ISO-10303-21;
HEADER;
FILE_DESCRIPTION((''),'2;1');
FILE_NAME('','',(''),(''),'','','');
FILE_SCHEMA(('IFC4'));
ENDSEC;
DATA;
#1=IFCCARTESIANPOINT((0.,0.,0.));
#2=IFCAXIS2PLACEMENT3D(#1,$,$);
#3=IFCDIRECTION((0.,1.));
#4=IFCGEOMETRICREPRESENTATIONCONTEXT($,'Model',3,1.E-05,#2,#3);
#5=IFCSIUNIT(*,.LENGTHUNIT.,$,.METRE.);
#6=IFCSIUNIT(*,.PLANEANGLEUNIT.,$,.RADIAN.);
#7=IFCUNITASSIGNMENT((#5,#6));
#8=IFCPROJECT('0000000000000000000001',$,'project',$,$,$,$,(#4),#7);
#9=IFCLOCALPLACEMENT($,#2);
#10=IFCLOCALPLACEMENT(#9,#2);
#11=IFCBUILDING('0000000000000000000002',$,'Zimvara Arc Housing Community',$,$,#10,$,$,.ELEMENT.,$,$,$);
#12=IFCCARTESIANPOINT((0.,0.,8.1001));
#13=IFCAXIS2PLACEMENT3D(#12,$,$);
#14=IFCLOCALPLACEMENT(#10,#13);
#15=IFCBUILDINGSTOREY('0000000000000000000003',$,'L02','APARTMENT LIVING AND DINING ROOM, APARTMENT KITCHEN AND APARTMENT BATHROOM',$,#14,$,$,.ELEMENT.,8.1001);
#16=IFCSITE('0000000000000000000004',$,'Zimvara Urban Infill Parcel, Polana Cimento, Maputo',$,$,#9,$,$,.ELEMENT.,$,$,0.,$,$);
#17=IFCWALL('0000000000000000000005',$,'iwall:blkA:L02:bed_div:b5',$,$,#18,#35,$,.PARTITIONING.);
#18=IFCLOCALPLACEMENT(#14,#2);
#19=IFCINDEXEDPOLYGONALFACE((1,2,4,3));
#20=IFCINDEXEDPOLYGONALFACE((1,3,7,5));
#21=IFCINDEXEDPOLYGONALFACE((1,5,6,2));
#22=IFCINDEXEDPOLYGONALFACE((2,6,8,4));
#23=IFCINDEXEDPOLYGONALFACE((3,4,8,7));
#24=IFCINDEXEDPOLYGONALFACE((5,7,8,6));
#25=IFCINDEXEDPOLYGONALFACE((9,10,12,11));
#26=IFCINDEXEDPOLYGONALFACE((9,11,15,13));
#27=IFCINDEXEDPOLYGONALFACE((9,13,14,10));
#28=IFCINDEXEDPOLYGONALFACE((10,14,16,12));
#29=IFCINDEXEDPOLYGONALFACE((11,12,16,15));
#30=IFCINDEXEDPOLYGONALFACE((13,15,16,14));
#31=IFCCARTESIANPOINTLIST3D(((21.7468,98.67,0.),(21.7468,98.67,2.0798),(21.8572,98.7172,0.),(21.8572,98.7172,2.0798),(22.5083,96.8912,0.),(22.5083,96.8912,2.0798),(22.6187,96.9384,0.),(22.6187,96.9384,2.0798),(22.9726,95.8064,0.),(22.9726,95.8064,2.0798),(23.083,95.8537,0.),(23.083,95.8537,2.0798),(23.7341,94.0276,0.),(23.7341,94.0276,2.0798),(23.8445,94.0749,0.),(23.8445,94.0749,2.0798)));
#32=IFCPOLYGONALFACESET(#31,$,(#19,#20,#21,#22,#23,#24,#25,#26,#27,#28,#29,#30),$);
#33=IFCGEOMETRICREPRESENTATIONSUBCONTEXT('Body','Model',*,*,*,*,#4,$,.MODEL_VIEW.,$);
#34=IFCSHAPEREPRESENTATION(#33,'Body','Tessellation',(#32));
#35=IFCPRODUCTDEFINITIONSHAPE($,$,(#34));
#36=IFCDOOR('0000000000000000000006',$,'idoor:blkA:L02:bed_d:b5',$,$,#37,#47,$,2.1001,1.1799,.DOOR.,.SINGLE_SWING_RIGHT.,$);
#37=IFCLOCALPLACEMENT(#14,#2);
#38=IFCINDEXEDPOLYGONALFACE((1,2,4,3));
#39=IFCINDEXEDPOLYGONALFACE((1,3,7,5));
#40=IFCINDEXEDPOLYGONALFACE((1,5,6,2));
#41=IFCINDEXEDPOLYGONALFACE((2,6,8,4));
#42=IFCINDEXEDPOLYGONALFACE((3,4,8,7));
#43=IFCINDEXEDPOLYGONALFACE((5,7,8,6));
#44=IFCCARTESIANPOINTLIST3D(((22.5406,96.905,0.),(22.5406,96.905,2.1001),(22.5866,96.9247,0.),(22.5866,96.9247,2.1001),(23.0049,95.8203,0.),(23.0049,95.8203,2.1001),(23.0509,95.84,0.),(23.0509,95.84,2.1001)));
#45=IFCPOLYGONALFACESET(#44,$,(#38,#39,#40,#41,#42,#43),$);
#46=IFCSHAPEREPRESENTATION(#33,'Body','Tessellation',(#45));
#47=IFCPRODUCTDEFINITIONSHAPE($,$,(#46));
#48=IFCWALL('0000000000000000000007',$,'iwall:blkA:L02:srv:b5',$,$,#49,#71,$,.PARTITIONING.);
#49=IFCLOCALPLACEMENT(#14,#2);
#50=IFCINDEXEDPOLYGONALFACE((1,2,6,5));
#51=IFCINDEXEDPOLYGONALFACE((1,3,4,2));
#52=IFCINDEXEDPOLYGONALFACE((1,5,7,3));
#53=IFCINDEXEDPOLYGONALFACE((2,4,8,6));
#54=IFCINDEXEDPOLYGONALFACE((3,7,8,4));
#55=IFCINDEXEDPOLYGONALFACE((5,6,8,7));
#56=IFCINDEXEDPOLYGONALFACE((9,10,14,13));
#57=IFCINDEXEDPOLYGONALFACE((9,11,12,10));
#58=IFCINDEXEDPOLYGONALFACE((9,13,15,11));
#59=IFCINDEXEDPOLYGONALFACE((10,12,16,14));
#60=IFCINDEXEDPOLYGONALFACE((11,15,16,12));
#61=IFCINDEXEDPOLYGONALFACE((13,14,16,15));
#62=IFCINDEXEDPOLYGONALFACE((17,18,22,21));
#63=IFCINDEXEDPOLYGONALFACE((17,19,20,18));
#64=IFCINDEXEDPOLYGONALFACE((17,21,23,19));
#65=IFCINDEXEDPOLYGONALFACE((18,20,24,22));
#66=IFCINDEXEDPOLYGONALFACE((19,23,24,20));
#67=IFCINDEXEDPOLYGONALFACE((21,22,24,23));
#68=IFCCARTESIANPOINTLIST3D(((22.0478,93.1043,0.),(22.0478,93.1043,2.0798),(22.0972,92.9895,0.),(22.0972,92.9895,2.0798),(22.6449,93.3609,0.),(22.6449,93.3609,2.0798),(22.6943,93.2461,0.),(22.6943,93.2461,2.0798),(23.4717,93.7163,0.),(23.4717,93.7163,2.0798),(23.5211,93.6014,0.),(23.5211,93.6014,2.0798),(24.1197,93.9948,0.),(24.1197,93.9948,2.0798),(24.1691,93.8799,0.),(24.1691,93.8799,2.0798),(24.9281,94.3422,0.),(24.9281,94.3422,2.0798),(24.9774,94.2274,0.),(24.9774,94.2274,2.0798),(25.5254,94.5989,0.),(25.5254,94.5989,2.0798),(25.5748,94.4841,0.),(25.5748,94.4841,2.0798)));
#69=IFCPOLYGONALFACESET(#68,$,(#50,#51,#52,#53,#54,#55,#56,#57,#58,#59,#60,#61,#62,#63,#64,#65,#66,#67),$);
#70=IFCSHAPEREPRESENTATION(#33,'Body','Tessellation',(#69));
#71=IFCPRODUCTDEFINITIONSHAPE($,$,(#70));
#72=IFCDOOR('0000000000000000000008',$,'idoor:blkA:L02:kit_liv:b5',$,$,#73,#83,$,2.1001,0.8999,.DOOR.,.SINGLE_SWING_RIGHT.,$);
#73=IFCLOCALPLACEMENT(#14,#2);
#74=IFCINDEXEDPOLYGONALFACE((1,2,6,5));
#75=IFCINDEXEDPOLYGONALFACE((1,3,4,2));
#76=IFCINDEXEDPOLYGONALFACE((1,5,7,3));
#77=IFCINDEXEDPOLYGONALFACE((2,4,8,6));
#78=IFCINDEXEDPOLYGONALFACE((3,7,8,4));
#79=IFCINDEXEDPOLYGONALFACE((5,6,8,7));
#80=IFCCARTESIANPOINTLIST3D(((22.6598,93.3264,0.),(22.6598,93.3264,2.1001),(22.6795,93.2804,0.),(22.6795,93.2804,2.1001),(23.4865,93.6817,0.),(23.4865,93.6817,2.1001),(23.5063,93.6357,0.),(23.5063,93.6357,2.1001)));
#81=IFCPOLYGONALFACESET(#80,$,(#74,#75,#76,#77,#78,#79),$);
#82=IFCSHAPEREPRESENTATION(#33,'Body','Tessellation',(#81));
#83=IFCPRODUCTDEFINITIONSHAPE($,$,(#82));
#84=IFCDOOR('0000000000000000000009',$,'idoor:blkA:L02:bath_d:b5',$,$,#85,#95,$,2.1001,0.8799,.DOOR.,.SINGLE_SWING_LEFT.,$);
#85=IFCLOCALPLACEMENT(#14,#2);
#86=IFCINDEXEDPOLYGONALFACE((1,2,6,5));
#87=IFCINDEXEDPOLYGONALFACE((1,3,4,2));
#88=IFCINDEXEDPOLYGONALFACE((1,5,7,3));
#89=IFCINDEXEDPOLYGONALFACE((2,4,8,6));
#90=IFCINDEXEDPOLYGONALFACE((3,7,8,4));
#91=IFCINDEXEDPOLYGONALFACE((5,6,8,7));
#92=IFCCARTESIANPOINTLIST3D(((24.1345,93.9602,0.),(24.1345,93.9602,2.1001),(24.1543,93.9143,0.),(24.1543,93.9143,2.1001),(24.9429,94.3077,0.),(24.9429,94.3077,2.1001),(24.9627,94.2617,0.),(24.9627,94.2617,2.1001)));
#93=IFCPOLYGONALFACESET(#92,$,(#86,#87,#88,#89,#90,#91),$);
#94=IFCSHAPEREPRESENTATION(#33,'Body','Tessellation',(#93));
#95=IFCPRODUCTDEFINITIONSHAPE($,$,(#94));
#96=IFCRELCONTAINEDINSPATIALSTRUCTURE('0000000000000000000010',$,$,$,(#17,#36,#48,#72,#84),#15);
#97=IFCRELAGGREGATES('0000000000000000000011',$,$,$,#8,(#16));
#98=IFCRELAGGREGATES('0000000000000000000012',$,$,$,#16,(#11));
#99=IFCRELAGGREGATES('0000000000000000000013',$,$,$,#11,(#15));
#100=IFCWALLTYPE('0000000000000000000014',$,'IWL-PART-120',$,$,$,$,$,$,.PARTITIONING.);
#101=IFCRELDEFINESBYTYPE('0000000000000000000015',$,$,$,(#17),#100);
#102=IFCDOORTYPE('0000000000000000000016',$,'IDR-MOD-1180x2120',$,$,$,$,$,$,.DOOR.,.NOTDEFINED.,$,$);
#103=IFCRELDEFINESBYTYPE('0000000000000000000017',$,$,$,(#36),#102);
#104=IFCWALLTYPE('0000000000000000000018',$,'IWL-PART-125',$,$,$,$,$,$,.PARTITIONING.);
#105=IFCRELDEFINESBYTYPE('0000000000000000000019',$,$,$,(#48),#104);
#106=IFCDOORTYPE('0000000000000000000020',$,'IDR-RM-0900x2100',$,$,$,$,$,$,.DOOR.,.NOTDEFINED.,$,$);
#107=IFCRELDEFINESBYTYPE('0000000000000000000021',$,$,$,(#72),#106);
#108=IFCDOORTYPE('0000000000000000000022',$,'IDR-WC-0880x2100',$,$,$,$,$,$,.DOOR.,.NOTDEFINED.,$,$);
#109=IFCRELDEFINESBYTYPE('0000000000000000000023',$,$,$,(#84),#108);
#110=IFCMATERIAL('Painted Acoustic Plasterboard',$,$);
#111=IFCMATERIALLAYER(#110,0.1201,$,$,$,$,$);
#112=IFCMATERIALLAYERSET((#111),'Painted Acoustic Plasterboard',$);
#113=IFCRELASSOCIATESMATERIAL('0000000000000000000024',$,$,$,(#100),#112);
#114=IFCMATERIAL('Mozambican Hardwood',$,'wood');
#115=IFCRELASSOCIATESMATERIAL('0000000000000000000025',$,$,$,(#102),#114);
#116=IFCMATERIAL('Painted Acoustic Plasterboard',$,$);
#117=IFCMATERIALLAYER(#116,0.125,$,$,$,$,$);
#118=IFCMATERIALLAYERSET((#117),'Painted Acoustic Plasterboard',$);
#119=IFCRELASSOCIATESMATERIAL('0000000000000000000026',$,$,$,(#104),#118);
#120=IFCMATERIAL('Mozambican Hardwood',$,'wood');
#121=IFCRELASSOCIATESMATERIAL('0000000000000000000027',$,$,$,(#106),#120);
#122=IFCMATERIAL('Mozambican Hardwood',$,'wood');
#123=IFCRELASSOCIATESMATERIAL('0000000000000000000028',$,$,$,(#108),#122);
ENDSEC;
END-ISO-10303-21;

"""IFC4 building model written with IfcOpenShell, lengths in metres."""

from ifc_helpers import new_model, si_unit, direction, frame, frame_2d, origin, place, context, subcontext, project, spatial, rectangle, extrude, material, layer, layer_set, type_object, element, fill, save


model = new_model("IFC4")

# Units and contexts
model_context = context("Model", 3, precision=1e-05, world=origin(), true_north=direction((0.0, 1.0)))
body_context = subcontext(model_context, "Body", "Model", "MODEL_VIEW")
ifc_project = project(units=[si_unit("LENGTHUNIT", "METRE"), si_unit("PLANEANGLEUNIT", "RADIAN")], contexts=[model_context])

# Site, building, storey
site_placement = place(None, origin())
site = spatial("IfcSite", under=ifc_project, at=site_placement, Name="Zimvara Urban Infill Parcel, Polana Cimento, Maputo", CompositionType="ELEMENT", RefElevation=0.0)
building_placement = place(site_placement, origin())
building = spatial("IfcBuilding", under=site, at=building_placement, Name="Zimvara Arc Housing Community", CompositionType="ELEMENT")
storey_placement = place(building_placement, frame((0.0, 0.0, 8.1001)))
storey = spatial("IfcBuildingStorey", under=building, at=storey_placement, Name="L02", Description="APARTMENT LIVING AND DINING ROOM, APARTMENT KITCHEN AND APARTMENT BATHROOM", CompositionType="ELEMENT", Elevation=8.1001)

# Wall, opening, door
ifc_material_1 = material(Name="Painted Acoustic Plasterboard")
ifc_layer_1 = layer(ifc_material_1, 0.1201)
ifc_layer_set_1 = layer_set([ifc_layer_1], Name="Painted Acoustic Plasterboard")
wall_type_1 = type_object("IfcWallType", Name="IWL-PART-120", PredefinedType="PARTITIONING", material=ifc_layer_set_1)
wall_1_placement = place(storey_placement, frame((23.7893, 94.0513, 0.0), z_axis=(0.0, 0.0, 1.0), x_axis=(-0.39354, 0.919307, 0.0)))
wall_1 = element("IfcWall", 1, at=wall_1_placement, inside=storey, type_object=wall_type_1, Name="iwall:blkA:L02:bed_div:b5", PredefinedType="PARTITIONING", context=body_context, shape_type="SweptSolid", body=[
    extrude(rectangle(XDim=5.0498, YDim=0.1201, at=frame_2d((2.5249, 0.0))), origin(), (0.0, 0.0, 1.0), 2.0798),
])
opening_1_placement = place(wall_1_placement, frame((1.9351, 0.0, 0.0)))
opening_1 = element("IfcOpeningElement", 2, at=opening_1_placement, cuts=wall_1, PredefinedType="OPENING", context=body_context, shape_type="SweptSolid", body=[
    extrude(rectangle(XDim=1.1799, YDim=2.1001, at=frame_2d((0.5898, 1.05))), frame((0.0, 0.0701, 0.0), z_axis=(0.0, -1.0, 0.0), x_axis=(1.0, 0.0, 0.0)), (0.0, 0.0, 1.0), 0.1401),
])
ifc_material_2 = material(Name="Mozambican Hardwood", Category="wood")
door_type_1 = type_object("IfcDoorType", Name="IDR-MOD-1180x2120", OperationType="NOTDEFINED", PredefinedType="DOOR", material=ifc_material_2)
door_1_placement = place(opening_1_placement, origin())
door_1 = element("IfcDoor", 3, at=door_1_placement, inside=storey, type_object=door_type_1, Name="idoor:blkA:L02:bed_d:b5", OperationType="SINGLE_SWING_RIGHT", OverallHeight=2.1001, OverallWidth=1.1799, PredefinedType="DOOR", context=body_context, shape_type="SweptSolid", body=[
    extrude(rectangle(XDim=1.1799, YDim=2.1001, at=frame_2d((0.5898, 1.05))), frame((0.0, 0.0249, 0.0), z_axis=(0.0, -1.0, 0.0), x_axis=(1.0, 0.0, 0.0)), (0.0, 0.0, 1.0), 0.05),
])
fill(opening_1, door_1)

# Wall, openings, doors
ifc_material_3 = material(Name="Painted Acoustic Plasterboard")
ifc_layer_2 = layer(ifc_material_3, 0.125)
ifc_layer_set_2 = layer_set([ifc_layer_2], Name="Painted Acoustic Plasterboard")
wall_type_2 = type_object("IfcWallType", Name="IWL-PART-125", PredefinedType="PARTITIONING", material=ifc_layer_set_2)
wall_2_placement = place(storey_placement, frame((22.0725, 93.0469, 0.0), z_axis=(0.0, 0.0, 1.0), x_axis=(0.918738, 0.394869, 0.0)))
wall_2 = element("IfcWall", 4, at=wall_2_placement, inside=storey, type_object=wall_type_2, Name="iwall:blkA:L02:srv:b5", PredefinedType="PARTITIONING", context=body_context, shape_type="SweptSolid", body=[
    extrude(rectangle(XDim=3.7852, YDim=0.125, at=frame_2d((1.8926, 0.0))), origin(), (0.0, 0.0, 1.0), 2.0798),
])
opening_2_placement = place(wall_2_placement, frame((0.6499, 0.0, 0.0)))
opening_2 = element("IfcOpeningElement", 5, at=opening_2_placement, cuts=wall_2, PredefinedType="OPENING", context=body_context, shape_type="SweptSolid", body=[
    extrude(rectangle(XDim=0.8999, YDim=2.1001, at=frame_2d((0.45, 1.05))), frame((0.0, 0.0725, 0.0), z_axis=(0.0, -1.0, 0.0), x_axis=(1.0, 0.0, 0.0)), (0.0, 0.0, 1.0), 0.145),
])
opening_3_placement = place(wall_2_placement, frame((2.2551, 0.0, 0.0)))
opening_3 = element("IfcOpeningElement", 6, at=opening_3_placement, cuts=wall_2, PredefinedType="OPENING", context=body_context, shape_type="SweptSolid", body=[
    extrude(rectangle(XDim=0.8799, YDim=2.1001, at=frame_2d((0.4399, 1.05))), frame((0.0, 0.0725, 0.0), z_axis=(0.0, -1.0, 0.0), x_axis=(1.0, 0.0, 0.0)), (0.0, 0.0, 1.0), 0.145),
])
ifc_material_4 = material(Name="Mozambican Hardwood", Category="wood")
door_type_2 = type_object("IfcDoorType", Name="IDR-RM-0900x2100", OperationType="NOTDEFINED", PredefinedType="DOOR", material=ifc_material_4)
door_2_placement = place(opening_2_placement, origin())
door_2 = element("IfcDoor", 7, at=door_2_placement, inside=storey, type_object=door_type_2, Name="idoor:blkA:L02:kit_liv:b5", OperationType="SINGLE_SWING_RIGHT", OverallHeight=2.1001, OverallWidth=0.8999, PredefinedType="DOOR", context=body_context, shape_type="SweptSolid", body=[
    extrude(rectangle(XDim=0.8999, YDim=2.1001, at=frame_2d((0.45, 1.05))), frame((0.0, 0.0249, 0.0), z_axis=(0.0, -1.0, 0.0), x_axis=(1.0, 0.0, 0.0)), (0.0, 0.0, 1.0), 0.05),
])
fill(opening_2, door_2)
ifc_material_5 = material(Name="Mozambican Hardwood", Category="wood")
door_type_3 = type_object("IfcDoorType", Name="IDR-WC-0880x2100", OperationType="NOTDEFINED", PredefinedType="DOOR", material=ifc_material_5)
door_3_placement = place(opening_3_placement, origin())
door_3 = element("IfcDoor", 8, at=door_3_placement, inside=storey, type_object=door_type_3, Name="idoor:blkA:L02:bath_d:b5", OperationType="SINGLE_SWING_LEFT", OverallHeight=2.1001, OverallWidth=0.8799, PredefinedType="DOOR", context=body_context, shape_type="SweptSolid", body=[
    extrude(rectangle(XDim=0.8799, YDim=2.1001, at=frame_2d((0.4399, 1.05))), frame((0.0, 0.0249, 0.0), z_axis=(0.0, -1.0, 0.0), x_axis=(1.0, 0.0, 0.0)), (0.0, 0.0, 1.0), 0.05),
])
fill(opening_3, door_3)

save(model, "model.ifc")
